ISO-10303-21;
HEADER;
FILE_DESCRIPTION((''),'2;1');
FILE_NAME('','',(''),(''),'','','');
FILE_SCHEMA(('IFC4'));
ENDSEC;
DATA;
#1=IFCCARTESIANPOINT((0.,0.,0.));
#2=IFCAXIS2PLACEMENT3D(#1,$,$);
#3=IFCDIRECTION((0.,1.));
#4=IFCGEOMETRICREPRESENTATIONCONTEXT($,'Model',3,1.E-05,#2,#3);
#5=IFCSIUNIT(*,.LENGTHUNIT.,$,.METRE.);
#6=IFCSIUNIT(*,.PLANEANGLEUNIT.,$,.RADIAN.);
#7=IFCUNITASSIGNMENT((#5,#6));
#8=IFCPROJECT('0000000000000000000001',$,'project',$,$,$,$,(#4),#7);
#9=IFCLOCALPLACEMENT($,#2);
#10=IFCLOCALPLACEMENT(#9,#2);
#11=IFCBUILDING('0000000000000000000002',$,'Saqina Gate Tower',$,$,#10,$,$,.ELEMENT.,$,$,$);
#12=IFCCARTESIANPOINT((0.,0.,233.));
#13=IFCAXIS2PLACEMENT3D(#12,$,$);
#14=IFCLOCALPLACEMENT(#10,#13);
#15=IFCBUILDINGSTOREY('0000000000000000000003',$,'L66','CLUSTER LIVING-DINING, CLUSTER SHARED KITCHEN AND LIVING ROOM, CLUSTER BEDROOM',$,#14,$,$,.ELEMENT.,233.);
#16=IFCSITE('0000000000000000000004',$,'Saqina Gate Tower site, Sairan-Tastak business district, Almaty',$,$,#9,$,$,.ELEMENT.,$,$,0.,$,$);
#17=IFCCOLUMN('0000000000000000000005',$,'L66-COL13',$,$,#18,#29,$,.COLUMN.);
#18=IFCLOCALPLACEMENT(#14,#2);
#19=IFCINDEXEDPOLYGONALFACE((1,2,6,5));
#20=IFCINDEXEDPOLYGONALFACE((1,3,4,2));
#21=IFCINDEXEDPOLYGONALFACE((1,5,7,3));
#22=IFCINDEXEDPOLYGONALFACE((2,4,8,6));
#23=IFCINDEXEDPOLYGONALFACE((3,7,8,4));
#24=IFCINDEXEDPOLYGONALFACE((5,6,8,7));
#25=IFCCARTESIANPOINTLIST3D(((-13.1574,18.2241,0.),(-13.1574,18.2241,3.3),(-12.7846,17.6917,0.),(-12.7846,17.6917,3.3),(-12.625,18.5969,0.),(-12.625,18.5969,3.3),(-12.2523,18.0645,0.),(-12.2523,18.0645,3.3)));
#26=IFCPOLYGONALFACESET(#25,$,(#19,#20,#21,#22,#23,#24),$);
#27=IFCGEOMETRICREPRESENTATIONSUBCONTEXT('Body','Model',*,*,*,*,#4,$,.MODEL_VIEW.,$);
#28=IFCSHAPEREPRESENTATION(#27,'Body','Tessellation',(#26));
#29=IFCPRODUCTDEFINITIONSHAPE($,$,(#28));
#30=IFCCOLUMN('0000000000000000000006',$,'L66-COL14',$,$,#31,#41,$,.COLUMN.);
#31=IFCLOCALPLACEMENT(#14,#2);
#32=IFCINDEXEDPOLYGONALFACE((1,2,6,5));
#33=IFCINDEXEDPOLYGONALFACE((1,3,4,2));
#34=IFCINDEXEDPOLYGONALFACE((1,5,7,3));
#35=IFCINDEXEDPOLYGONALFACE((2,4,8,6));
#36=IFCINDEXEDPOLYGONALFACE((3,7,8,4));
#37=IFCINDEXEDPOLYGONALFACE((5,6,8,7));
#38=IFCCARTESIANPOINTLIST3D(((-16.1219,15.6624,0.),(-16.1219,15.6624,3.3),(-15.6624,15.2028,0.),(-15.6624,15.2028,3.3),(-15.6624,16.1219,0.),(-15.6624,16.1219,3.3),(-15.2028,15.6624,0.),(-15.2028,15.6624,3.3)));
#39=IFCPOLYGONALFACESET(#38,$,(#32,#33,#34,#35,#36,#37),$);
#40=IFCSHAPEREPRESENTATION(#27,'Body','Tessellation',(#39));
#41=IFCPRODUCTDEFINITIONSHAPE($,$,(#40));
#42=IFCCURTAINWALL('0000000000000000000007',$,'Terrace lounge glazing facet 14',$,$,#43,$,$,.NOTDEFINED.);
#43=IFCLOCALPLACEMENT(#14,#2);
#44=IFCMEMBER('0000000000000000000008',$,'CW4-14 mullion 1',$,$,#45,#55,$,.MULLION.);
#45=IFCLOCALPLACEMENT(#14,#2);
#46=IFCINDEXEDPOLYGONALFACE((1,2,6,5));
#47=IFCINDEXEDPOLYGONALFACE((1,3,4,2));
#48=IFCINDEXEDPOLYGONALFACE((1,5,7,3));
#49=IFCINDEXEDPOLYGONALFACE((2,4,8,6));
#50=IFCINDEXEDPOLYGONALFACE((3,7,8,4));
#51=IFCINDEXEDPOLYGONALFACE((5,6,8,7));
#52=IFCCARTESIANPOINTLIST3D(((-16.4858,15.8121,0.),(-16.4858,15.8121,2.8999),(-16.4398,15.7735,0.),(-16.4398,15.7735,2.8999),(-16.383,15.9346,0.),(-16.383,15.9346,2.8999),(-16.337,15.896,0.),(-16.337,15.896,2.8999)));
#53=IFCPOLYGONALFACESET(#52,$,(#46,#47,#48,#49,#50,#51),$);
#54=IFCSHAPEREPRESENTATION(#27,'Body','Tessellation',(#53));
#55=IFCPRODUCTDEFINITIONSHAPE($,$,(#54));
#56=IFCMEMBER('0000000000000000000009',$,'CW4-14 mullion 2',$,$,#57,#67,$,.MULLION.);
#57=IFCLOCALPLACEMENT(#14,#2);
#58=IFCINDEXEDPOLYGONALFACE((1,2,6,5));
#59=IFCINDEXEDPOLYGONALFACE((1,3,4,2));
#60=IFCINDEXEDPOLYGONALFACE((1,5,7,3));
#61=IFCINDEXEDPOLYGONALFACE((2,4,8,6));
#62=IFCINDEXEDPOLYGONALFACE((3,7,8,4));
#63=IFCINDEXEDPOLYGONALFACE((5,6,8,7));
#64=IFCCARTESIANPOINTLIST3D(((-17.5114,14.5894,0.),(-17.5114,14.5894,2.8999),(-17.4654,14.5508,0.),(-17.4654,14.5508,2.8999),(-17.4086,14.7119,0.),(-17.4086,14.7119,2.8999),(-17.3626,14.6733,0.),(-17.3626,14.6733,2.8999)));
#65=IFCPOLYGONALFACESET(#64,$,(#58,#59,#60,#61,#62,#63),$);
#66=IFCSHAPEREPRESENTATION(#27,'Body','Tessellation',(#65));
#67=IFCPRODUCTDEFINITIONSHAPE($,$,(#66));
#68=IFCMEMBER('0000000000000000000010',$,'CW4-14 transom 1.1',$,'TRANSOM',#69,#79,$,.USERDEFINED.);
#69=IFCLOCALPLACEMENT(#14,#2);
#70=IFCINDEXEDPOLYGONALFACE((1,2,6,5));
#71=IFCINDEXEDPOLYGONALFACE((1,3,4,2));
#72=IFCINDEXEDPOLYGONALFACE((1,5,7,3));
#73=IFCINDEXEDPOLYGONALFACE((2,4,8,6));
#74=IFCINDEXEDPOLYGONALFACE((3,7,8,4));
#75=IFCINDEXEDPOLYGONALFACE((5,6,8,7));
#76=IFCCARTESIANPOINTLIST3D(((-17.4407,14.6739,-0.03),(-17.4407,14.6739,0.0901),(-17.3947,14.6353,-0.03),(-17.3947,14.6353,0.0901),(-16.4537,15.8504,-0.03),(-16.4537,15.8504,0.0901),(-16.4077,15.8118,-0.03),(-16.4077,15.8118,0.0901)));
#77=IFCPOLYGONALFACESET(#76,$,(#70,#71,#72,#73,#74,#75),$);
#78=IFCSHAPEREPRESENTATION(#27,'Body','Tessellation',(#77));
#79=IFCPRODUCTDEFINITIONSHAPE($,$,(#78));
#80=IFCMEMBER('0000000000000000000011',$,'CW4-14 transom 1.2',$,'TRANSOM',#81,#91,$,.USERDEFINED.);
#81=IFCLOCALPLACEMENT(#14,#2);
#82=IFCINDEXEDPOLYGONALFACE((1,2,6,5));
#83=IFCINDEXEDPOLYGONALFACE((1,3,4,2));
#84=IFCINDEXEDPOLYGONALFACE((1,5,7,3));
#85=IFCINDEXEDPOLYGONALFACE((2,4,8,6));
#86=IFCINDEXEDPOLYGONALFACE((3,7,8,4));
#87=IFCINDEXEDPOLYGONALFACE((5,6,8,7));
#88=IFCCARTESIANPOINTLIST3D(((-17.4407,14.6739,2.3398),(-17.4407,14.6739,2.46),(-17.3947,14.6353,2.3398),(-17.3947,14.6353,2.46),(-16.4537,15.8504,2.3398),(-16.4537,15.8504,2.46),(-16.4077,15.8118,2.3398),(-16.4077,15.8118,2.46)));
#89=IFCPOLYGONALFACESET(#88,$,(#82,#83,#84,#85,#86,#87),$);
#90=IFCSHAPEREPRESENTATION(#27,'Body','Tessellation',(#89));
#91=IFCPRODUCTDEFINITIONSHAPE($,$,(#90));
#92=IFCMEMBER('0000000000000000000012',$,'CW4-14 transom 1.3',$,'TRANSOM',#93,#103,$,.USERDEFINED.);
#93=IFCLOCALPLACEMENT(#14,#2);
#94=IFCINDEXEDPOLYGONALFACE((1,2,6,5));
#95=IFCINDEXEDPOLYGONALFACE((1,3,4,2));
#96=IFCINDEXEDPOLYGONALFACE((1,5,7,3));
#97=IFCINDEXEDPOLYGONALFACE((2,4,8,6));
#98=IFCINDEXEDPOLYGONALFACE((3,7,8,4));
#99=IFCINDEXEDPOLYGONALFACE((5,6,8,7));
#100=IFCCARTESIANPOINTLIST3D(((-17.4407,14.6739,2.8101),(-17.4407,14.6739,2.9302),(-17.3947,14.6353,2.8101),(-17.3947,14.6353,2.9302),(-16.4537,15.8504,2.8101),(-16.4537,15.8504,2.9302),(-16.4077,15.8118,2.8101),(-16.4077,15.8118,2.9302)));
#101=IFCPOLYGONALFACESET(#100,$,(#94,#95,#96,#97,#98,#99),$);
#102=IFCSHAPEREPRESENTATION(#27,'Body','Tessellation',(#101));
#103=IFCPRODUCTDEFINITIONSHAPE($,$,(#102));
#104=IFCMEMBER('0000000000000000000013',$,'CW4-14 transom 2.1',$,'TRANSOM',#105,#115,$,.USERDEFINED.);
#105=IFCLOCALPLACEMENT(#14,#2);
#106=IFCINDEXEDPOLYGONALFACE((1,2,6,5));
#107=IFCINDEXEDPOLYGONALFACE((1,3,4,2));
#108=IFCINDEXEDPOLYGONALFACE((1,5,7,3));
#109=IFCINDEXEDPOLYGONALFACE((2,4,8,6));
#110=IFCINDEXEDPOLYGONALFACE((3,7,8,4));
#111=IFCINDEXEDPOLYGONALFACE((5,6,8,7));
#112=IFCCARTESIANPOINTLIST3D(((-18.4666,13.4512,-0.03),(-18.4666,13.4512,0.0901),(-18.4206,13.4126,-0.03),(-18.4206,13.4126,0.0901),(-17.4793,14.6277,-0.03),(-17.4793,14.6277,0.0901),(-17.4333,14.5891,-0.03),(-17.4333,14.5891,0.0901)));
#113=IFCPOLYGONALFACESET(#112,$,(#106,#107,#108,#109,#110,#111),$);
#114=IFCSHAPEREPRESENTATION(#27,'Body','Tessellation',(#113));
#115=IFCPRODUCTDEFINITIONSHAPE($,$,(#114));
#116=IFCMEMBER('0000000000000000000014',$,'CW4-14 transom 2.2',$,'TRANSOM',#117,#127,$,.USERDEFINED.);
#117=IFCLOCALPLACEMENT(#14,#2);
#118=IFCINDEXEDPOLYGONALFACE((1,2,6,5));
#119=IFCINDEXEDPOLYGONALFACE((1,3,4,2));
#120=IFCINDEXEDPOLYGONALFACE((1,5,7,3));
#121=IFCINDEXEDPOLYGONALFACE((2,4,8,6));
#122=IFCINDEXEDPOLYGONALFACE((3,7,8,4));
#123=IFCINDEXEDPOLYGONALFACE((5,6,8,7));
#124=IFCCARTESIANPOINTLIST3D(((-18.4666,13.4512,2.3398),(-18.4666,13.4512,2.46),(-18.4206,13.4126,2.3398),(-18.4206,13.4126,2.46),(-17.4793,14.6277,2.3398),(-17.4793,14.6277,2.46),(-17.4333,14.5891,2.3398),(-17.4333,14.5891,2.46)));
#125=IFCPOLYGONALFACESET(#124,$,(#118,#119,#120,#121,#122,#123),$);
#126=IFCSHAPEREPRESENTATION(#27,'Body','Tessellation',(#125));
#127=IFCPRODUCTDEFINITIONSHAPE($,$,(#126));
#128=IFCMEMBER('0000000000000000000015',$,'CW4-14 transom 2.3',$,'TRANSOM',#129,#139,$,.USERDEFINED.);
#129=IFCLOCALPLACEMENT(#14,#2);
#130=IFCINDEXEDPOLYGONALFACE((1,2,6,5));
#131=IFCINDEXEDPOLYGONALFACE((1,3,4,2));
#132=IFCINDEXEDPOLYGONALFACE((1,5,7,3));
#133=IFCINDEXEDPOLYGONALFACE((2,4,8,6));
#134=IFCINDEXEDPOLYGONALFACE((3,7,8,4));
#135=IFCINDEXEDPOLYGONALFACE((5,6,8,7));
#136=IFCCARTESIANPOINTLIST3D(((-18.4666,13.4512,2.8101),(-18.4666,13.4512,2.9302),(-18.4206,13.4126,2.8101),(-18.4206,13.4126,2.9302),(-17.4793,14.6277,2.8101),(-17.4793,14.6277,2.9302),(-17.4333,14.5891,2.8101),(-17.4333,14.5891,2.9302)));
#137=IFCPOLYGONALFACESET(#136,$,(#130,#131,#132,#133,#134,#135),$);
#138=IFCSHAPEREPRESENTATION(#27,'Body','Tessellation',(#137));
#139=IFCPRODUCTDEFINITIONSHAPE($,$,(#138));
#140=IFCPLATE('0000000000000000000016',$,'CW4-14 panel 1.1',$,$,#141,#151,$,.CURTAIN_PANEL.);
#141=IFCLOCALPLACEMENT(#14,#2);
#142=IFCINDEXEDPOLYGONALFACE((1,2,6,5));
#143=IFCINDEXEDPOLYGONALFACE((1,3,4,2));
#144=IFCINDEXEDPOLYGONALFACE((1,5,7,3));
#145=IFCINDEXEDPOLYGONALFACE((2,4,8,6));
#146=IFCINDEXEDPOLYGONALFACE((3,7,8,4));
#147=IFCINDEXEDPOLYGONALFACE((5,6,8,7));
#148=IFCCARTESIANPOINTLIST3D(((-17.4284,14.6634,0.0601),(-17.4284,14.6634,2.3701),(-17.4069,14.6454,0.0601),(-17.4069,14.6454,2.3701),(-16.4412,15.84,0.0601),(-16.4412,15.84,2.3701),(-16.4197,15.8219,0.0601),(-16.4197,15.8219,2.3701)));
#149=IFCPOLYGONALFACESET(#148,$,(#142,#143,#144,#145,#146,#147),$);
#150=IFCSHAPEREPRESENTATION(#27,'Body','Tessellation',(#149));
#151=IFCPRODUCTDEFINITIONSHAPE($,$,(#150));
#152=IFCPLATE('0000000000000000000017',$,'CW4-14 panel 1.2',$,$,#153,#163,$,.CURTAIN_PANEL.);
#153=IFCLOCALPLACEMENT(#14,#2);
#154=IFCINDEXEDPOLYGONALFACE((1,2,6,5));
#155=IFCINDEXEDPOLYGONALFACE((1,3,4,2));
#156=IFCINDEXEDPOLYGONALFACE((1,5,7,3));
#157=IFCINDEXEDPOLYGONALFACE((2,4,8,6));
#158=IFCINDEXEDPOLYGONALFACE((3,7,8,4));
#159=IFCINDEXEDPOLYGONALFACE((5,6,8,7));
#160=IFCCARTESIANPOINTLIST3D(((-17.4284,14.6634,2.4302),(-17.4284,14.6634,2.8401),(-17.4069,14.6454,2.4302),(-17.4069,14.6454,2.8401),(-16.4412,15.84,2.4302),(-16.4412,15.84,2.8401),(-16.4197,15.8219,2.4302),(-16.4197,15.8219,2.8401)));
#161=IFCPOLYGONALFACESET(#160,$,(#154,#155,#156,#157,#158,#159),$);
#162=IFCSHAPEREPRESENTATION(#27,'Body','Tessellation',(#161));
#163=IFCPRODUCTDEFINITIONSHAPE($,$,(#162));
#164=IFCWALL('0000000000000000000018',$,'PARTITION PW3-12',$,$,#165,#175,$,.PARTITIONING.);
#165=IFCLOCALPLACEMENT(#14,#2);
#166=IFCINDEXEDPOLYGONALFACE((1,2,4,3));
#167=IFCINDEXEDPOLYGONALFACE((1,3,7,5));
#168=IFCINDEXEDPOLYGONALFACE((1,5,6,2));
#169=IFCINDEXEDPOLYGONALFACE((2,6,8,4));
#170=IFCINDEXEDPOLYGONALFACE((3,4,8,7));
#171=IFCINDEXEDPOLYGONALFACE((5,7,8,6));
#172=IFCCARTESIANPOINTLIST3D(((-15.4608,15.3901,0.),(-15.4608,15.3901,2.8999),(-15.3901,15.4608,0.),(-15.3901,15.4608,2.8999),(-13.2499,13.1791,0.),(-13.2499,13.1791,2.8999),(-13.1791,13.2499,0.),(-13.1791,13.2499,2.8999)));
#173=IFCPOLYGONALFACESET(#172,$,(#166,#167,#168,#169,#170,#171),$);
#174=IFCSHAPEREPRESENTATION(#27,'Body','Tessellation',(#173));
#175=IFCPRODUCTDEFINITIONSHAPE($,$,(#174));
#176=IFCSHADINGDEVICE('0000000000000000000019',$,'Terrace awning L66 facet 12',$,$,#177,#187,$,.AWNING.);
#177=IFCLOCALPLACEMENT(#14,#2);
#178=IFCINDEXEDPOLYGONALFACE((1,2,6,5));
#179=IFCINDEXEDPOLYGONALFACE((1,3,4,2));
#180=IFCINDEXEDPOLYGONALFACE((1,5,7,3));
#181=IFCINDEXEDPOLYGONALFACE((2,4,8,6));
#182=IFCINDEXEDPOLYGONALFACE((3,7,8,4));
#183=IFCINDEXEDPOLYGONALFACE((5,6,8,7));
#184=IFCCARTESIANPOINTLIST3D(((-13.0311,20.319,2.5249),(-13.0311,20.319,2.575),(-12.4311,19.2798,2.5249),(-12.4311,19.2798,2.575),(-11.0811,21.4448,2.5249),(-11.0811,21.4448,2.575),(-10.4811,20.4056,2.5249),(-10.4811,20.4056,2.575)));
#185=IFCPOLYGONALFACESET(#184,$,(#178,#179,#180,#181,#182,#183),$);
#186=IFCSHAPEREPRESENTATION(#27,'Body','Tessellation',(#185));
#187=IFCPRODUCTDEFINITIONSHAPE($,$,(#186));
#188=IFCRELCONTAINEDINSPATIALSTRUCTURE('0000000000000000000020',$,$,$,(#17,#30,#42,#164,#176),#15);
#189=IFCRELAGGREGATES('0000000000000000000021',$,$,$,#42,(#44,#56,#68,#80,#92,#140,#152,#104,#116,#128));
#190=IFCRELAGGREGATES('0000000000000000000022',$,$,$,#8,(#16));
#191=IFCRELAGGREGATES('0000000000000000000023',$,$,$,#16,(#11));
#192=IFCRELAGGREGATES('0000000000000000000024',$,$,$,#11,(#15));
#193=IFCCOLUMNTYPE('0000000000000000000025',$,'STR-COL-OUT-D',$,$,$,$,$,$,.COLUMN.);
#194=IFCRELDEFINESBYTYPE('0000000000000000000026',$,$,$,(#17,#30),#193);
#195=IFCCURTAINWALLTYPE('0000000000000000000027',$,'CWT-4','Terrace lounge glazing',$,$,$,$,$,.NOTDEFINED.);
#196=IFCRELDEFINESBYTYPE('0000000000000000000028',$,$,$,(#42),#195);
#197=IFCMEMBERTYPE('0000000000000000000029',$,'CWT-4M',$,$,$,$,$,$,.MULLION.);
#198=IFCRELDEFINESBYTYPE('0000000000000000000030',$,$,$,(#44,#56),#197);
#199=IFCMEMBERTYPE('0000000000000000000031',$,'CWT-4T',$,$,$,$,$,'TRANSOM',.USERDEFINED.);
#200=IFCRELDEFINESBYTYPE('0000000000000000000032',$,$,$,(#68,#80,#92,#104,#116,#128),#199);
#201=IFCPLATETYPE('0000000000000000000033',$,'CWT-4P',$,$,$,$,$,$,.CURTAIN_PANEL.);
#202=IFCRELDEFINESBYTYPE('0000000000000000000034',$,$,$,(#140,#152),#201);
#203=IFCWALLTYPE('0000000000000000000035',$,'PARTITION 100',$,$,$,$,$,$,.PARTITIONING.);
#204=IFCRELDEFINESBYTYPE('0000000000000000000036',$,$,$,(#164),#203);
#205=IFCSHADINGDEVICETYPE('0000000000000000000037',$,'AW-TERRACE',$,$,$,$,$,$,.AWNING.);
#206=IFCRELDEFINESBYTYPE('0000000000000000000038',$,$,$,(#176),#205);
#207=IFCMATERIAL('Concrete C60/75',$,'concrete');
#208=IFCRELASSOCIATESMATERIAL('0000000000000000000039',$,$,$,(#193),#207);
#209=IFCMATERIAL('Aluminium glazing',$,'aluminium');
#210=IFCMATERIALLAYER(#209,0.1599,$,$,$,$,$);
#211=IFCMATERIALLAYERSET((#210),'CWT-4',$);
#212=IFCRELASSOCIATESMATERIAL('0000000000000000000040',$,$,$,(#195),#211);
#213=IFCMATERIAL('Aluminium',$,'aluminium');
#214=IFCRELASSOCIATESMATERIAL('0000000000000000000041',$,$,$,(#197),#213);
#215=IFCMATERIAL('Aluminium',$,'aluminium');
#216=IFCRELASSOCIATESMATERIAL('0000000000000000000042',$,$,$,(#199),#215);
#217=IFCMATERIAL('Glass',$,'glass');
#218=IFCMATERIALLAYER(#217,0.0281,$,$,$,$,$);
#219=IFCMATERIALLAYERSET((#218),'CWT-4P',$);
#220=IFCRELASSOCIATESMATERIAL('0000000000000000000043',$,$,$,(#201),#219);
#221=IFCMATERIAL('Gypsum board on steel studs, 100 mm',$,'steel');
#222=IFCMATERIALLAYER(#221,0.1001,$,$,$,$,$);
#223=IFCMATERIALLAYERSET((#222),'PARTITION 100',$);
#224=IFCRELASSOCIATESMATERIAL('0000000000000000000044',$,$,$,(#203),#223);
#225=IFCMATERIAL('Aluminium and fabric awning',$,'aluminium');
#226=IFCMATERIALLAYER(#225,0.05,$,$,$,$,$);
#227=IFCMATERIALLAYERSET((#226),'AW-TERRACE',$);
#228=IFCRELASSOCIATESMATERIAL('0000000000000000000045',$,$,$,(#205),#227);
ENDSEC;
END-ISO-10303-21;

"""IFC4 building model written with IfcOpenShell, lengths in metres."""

from ifc_helpers import new_model, si_unit, direction, frame, frame_2d, origin, origin_2d, place, context, subcontext, project, spatial, rectangle, extrude, material, layer, layer_set, material_profile, profile_set, type_object, element, aggregate, save


model = new_model("IFC4")

# Units and contexts
model_context = context("Model", 3, precision=1e-05, world=origin(), true_north=direction((0.0, 1.0)))
body_context = subcontext(model_context, "Body", "Model", "MODEL_VIEW")
ifc_project = project(units=[si_unit("LENGTHUNIT", "METRE"), si_unit("PLANEANGLEUNIT", "RADIAN")], contexts=[model_context])

# Site, building, storey
site_placement = place(None, origin())
site = spatial("IfcSite", under=ifc_project, at=site_placement, Name="Saqina Gate Tower site, Sairan-Tastak business district, Almaty", CompositionType="ELEMENT", RefElevation=0.0)
building_placement = place(site_placement, origin())
building = spatial("IfcBuilding", under=site, at=building_placement, Name="Saqina Gate Tower", CompositionType="ELEMENT")
storey_placement = place(building_placement, frame((0.0, 0.0, 233.0)))
storey = spatial("IfcBuildingStorey", under=building, at=storey_placement, Name="L66", Description="CLUSTER LIVING-DINING, CLUSTER SHARED KITCHEN AND LIVING ROOM, CLUSTER BEDROOM", CompositionType="ELEMENT", Elevation=233.0)

# Columns
ifc_material_1 = material(Name="Concrete C60/75", Category="concrete")
ifc_material_profile_1 = material_profile(ifc_material_1, rectangle(XDim=0.6499, YDim=0.6499, at=origin_2d()), Name="RC 650x650")
ifc_profile_set_1 = profile_set([ifc_material_profile_1], Name="Concrete C60/75")
column_type = type_object("IfcColumnType", Name="STR-COL-OUT-D", PredefinedType="COLUMN", material=ifc_profile_set_1)
for number, where, z_axis, x_axis, name in (
    (1, (-12.7048, 18.1443, 0.0), (0.0, 0.0, 1.0), (-0.573576, 0.819152, 0.0), "L66-COL13"),
    (2, (-15.6624, 15.6624, 0.0), (0.0, 0.0, 1.0), (-0.707107, 0.707107, 0.0), "L66-COL14"),
):
    element("IfcColumn", number, at=place(storey_placement, frame(where, z_axis=z_axis, x_axis=x_axis)), inside=storey, type_object=column_type, Name=name, PredefinedType="COLUMN", context=body_context, shape_type="SweptSolid", body=[
        extrude(rectangle(XDim=0.6499, YDim=0.6499, at=origin_2d()), origin(), (0.0, 0.0, 1.0), 3.3),
    ])

# Curtain wall, members, plates
ifc_material_2 = material(Name="Aluminium glazing", Category="aluminium")
ifc_layer_1 = layer(ifc_material_2, 0.1599)
ifc_layer_set_1 = layer_set([ifc_layer_1], Name="CWT-4")
curtain_wall_type = type_object("IfcCurtainWallType", Name="CWT-4", Description="Terrace lounge glazing", PredefinedType="NOTDEFINED", material=ifc_layer_set_1)
curtain_wall_placement = place(storey_placement, origin())
curtain_wall = element("IfcCurtainWall", 3, at=curtain_wall_placement, inside=storey, type_object=curtain_wall_type, Name="Terrace lounge glazing facet 14", PredefinedType="NOTDEFINED")
ifc_material_3 = material(Name="Aluminium", Category="aluminium")
ifc_material_profile_2 = material_profile(ifc_material_3, rectangle(XDim=0.0601, YDim=0.1599, at=origin_2d()), Name="Aluminium 60x160")
ifc_profile_set_2 = profile_set([ifc_material_profile_2], Name="Aluminium")
member_type_1 = type_object("IfcMemberType", Name="CWT-4M", PredefinedType="MULLION", material=ifc_profile_set_2)
member_1_placement = place(storey_placement, frame((-16.4114, 15.854, 0.0), z_axis=(0.0, 0.0, 1.0), x_axis=(0.766046, -0.642785, 0.0)))
member_1 = element("IfcMember", 4, at=member_1_placement, type_object=member_type_1, Name="CW4-14 mullion 1", PredefinedType="MULLION", context=body_context, shape_type="SweptSolid", body=[
    extrude(rectangle(XDim=0.0601, YDim=0.1599, at=origin_2d()), origin(), (0.0, 0.0, 1.0), 2.8999),
])
member_2_placement = place(storey_placement, frame((-17.437, 14.6313, 0.0), z_axis=(0.0, 0.0, 1.0), x_axis=(0.766046, -0.642785, 0.0)))
member_2 = element("IfcMember", 5, at=member_2_placement, type_object=member_type_1, Name="CW4-14 mullion 2", PredefinedType="MULLION", context=body_context, shape_type="SweptSolid", body=[
    extrude(rectangle(XDim=0.0601, YDim=0.1599, at=origin_2d()), origin(), (0.0, 0.0, 1.0), 2.8999),
])
ifc_material_4 = material(Name="Aluminium", Category="aluminium")
ifc_material_profile_3 = material_profile(ifc_material_4, rectangle(XDim=0.0601, YDim=0.1201, at=origin_2d()), Name="Aluminium 60x120")
ifc_profile_set_3 = profile_set([ifc_material_profile_3], Name="Aluminium")
member_type_2 = type_object("IfcMemberType", Name="CWT-4T", ElementType="TRANSOM", PredefinedType="USERDEFINED", material=ifc_profile_set_3)
member_3_placement = place(storey_placement, frame((-16.4307, 15.8311, 0.03), z_axis=(-0.64273, -0.766093, 0.0), x_axis=(0.766093, -0.64273, 0.0)))
member_3 = element("IfcMember", 6, at=member_3_placement, type_object=member_type_2, Name="CW4-14 transom 1.1", ObjectType="TRANSOM", PredefinedType="USERDEFINED", context=body_context, shape_type="SweptSolid", body=[
    extrude(rectangle(XDim=0.0601, YDim=0.1201, at=origin_2d()), origin(), (0.0, 0.0, 1.0), 1.5356),
])
member_4_placement = place(storey_placement, frame((-16.4307, 15.8311, 2.3999), z_axis=(-0.64273, -0.766093, 0.0), x_axis=(0.766093, -0.64273, 0.0)))
member_4 = element("IfcMember", 7, at=member_4_placement, type_object=member_type_2, Name="CW4-14 transom 1.2", ObjectType="TRANSOM", PredefinedType="USERDEFINED", context=body_context, shape_type="SweptSolid", body=[
    extrude(rectangle(XDim=0.0601, YDim=0.1201, at=origin_2d()), origin(), (0.0, 0.0, 1.0), 1.5356),
])
member_5_placement = place(storey_placement, frame((-16.4307, 15.8311, 2.8701), z_axis=(-0.64273, -0.766093, 0.0), x_axis=(0.766093, -0.64273, 0.0)))
member_5 = element("IfcMember", 8, at=member_5_placement, type_object=member_type_2, Name="CW4-14 transom 1.3", ObjectType="TRANSOM", PredefinedType="USERDEFINED", context=body_context, shape_type="SweptSolid", body=[
    extrude(rectangle(XDim=0.0601, YDim=0.1201, at=origin_2d()), origin(), (0.0, 0.0, 1.0), 1.5356),
])
member_6_placement = place(storey_placement, frame((-17.4563, 14.6084, 0.03), z_axis=(-0.642823, -0.766015, 0.0), x_axis=(0.766015, -0.642823, 0.0)))
member_6 = element("IfcMember", 9, at=member_6_placement, type_object=member_type_2, Name="CW4-14 transom 2.1", ObjectType="TRANSOM", PredefinedType="USERDEFINED", context=body_context, shape_type="SweptSolid", body=[
    extrude(rectangle(XDim=0.0601, YDim=0.1201, at=origin_2d()), origin(), (0.0, 0.0, 1.0), 1.5359),
])
member_7_placement = place(storey_placement, frame((-17.4563, 14.6084, 2.3999), z_axis=(-0.642823, -0.766015, 0.0), x_axis=(0.766015, -0.642823, 0.0)))
member_7 = element("IfcMember", 10, at=member_7_placement, type_object=member_type_2, Name="CW4-14 transom 2.2", ObjectType="TRANSOM", PredefinedType="USERDEFINED", context=body_context, shape_type="SweptSolid", body=[
    extrude(rectangle(XDim=0.0601, YDim=0.1201, at=origin_2d()), origin(), (0.0, 0.0, 1.0), 1.5359),
])
member_8_placement = place(storey_placement, frame((-17.4563, 14.6084, 2.8701), z_axis=(-0.642823, -0.766015, 0.0), x_axis=(0.766015, -0.642823, 0.0)))
member_8 = element("IfcMember", 11, at=member_8_placement, type_object=member_type_2, Name="CW4-14 transom 2.3", ObjectType="TRANSOM", PredefinedType="USERDEFINED", context=body_context, shape_type="SweptSolid", body=[
    extrude(rectangle(XDim=0.0601, YDim=0.1201, at=origin_2d()), origin(), (0.0, 0.0, 1.0), 1.5359),
])
ifc_material_5 = material(Name="Glass", Category="glass")
ifc_layer_2 = layer(ifc_material_5, 0.0281)
ifc_layer_set_2 = layer_set([ifc_layer_2], Name="CWT-4P")
plate_type = type_object("IfcPlateType", Name="CWT-4P", PredefinedType="CURTAIN_PANEL", material=ifc_layer_set_2)
plate_1_placement = place(storey_placement, frame((-16.9241, 15.2427, 0.0601), z_axis=(0.0, 0.0, 1.0), x_axis=(-0.642785, -0.766046, 0.0)))
plate_1 = element("IfcPlate", 12, at=plate_1_placement, type_object=plate_type, Name="CW4-14 panel 1.1", PredefinedType="CURTAIN_PANEL", context=body_context, shape_type="SweptSolid", body=[
    extrude(rectangle(XDim=1.5359, YDim=0.0281, at=origin_2d()), origin(), (0.0, 0.0, 1.0), 2.3101),
])
plate_2_placement = place(storey_placement, frame((-16.9241, 15.2427, 2.4302), z_axis=(0.0, 0.0, 1.0), x_axis=(-0.642785, -0.766046, 0.0)))
plate_2 = element("IfcPlate", 13, at=plate_2_placement, type_object=plate_type, Name="CW4-14 panel 1.2", PredefinedType="CURTAIN_PANEL", context=body_context, shape_type="SweptSolid", body=[
    extrude(rectangle(XDim=1.5359, YDim=0.0281, at=origin_2d()), origin(), (0.0, 0.0, 1.0), 0.4099),
])
aggregate(curtain_wall, [member_1, member_2, member_3, member_4, member_5, plate_1, plate_2, member_6, member_7, member_8])

# Wall
ifc_material_6 = material(Name="Gypsum board on steel studs, 100 mm", Category="steel")
ifc_layer_3 = layer(ifc_material_6, 0.1001)
ifc_layer_set_3 = layer_set([ifc_layer_3], Name="PARTITION 100")
wall_type_1 = type_object("IfcWallType", Name="PARTITION 100", PredefinedType="PARTITIONING", material=ifc_layer_set_3)
wall_1_placement = place(storey_placement, frame((-15.4255, 15.4255, 0.0), z_axis=(0.0, 0.0, 1.0), x_axis=(0.707107, -0.707107, 0.0)))
element("IfcWall", 14, at=wall_1_placement, inside=storey, type_object=wall_type_1, Name="PARTITION PW3-12", PredefinedType="PARTITIONING", context=body_context, shape_type="SweptSolid", body=[
    extrude(rectangle(XDim=3.1267, YDim=0.1001, at=frame_2d((1.5635, 0.0))), origin(), (0.0, 0.0, 1.0), 2.8999),
])

# Shading device
ifc_material_7 = material(Name="Aluminium and fabric awning", Category="aluminium")
ifc_layer_4 = layer(ifc_material_7, 0.05)
ifc_layer_set_4 = layer_set([ifc_layer_4], Name="AW-TERRACE")
shading_device_type = type_object("IfcShadingDeviceType", Name="AW-TERRACE", PredefinedType="AWNING", material=ifc_layer_set_4)
for number, where, z_axis, x_axis, name in (
    (15, (-11.7561, 20.3623, 2.5249), (0.0, 0.0, 1.0), (-0.866025, -0.5, 0.0), "Terrace awning L66 facet 12"),
):
    element("IfcShadingDevice", number, at=place(storey_placement, frame(where, z_axis=z_axis, x_axis=x_axis)), inside=storey, type_object=shading_device_type, Name=name, PredefinedType="AWNING", context=body_context, shape_type="SweptSolid", body=[
        extrude(rectangle(XDim=2.2517, YDim=1.2, at=origin_2d()), origin(), (0.0, 0.0, 1.0), 0.05),
    ])

save(model, "model.ifc")
